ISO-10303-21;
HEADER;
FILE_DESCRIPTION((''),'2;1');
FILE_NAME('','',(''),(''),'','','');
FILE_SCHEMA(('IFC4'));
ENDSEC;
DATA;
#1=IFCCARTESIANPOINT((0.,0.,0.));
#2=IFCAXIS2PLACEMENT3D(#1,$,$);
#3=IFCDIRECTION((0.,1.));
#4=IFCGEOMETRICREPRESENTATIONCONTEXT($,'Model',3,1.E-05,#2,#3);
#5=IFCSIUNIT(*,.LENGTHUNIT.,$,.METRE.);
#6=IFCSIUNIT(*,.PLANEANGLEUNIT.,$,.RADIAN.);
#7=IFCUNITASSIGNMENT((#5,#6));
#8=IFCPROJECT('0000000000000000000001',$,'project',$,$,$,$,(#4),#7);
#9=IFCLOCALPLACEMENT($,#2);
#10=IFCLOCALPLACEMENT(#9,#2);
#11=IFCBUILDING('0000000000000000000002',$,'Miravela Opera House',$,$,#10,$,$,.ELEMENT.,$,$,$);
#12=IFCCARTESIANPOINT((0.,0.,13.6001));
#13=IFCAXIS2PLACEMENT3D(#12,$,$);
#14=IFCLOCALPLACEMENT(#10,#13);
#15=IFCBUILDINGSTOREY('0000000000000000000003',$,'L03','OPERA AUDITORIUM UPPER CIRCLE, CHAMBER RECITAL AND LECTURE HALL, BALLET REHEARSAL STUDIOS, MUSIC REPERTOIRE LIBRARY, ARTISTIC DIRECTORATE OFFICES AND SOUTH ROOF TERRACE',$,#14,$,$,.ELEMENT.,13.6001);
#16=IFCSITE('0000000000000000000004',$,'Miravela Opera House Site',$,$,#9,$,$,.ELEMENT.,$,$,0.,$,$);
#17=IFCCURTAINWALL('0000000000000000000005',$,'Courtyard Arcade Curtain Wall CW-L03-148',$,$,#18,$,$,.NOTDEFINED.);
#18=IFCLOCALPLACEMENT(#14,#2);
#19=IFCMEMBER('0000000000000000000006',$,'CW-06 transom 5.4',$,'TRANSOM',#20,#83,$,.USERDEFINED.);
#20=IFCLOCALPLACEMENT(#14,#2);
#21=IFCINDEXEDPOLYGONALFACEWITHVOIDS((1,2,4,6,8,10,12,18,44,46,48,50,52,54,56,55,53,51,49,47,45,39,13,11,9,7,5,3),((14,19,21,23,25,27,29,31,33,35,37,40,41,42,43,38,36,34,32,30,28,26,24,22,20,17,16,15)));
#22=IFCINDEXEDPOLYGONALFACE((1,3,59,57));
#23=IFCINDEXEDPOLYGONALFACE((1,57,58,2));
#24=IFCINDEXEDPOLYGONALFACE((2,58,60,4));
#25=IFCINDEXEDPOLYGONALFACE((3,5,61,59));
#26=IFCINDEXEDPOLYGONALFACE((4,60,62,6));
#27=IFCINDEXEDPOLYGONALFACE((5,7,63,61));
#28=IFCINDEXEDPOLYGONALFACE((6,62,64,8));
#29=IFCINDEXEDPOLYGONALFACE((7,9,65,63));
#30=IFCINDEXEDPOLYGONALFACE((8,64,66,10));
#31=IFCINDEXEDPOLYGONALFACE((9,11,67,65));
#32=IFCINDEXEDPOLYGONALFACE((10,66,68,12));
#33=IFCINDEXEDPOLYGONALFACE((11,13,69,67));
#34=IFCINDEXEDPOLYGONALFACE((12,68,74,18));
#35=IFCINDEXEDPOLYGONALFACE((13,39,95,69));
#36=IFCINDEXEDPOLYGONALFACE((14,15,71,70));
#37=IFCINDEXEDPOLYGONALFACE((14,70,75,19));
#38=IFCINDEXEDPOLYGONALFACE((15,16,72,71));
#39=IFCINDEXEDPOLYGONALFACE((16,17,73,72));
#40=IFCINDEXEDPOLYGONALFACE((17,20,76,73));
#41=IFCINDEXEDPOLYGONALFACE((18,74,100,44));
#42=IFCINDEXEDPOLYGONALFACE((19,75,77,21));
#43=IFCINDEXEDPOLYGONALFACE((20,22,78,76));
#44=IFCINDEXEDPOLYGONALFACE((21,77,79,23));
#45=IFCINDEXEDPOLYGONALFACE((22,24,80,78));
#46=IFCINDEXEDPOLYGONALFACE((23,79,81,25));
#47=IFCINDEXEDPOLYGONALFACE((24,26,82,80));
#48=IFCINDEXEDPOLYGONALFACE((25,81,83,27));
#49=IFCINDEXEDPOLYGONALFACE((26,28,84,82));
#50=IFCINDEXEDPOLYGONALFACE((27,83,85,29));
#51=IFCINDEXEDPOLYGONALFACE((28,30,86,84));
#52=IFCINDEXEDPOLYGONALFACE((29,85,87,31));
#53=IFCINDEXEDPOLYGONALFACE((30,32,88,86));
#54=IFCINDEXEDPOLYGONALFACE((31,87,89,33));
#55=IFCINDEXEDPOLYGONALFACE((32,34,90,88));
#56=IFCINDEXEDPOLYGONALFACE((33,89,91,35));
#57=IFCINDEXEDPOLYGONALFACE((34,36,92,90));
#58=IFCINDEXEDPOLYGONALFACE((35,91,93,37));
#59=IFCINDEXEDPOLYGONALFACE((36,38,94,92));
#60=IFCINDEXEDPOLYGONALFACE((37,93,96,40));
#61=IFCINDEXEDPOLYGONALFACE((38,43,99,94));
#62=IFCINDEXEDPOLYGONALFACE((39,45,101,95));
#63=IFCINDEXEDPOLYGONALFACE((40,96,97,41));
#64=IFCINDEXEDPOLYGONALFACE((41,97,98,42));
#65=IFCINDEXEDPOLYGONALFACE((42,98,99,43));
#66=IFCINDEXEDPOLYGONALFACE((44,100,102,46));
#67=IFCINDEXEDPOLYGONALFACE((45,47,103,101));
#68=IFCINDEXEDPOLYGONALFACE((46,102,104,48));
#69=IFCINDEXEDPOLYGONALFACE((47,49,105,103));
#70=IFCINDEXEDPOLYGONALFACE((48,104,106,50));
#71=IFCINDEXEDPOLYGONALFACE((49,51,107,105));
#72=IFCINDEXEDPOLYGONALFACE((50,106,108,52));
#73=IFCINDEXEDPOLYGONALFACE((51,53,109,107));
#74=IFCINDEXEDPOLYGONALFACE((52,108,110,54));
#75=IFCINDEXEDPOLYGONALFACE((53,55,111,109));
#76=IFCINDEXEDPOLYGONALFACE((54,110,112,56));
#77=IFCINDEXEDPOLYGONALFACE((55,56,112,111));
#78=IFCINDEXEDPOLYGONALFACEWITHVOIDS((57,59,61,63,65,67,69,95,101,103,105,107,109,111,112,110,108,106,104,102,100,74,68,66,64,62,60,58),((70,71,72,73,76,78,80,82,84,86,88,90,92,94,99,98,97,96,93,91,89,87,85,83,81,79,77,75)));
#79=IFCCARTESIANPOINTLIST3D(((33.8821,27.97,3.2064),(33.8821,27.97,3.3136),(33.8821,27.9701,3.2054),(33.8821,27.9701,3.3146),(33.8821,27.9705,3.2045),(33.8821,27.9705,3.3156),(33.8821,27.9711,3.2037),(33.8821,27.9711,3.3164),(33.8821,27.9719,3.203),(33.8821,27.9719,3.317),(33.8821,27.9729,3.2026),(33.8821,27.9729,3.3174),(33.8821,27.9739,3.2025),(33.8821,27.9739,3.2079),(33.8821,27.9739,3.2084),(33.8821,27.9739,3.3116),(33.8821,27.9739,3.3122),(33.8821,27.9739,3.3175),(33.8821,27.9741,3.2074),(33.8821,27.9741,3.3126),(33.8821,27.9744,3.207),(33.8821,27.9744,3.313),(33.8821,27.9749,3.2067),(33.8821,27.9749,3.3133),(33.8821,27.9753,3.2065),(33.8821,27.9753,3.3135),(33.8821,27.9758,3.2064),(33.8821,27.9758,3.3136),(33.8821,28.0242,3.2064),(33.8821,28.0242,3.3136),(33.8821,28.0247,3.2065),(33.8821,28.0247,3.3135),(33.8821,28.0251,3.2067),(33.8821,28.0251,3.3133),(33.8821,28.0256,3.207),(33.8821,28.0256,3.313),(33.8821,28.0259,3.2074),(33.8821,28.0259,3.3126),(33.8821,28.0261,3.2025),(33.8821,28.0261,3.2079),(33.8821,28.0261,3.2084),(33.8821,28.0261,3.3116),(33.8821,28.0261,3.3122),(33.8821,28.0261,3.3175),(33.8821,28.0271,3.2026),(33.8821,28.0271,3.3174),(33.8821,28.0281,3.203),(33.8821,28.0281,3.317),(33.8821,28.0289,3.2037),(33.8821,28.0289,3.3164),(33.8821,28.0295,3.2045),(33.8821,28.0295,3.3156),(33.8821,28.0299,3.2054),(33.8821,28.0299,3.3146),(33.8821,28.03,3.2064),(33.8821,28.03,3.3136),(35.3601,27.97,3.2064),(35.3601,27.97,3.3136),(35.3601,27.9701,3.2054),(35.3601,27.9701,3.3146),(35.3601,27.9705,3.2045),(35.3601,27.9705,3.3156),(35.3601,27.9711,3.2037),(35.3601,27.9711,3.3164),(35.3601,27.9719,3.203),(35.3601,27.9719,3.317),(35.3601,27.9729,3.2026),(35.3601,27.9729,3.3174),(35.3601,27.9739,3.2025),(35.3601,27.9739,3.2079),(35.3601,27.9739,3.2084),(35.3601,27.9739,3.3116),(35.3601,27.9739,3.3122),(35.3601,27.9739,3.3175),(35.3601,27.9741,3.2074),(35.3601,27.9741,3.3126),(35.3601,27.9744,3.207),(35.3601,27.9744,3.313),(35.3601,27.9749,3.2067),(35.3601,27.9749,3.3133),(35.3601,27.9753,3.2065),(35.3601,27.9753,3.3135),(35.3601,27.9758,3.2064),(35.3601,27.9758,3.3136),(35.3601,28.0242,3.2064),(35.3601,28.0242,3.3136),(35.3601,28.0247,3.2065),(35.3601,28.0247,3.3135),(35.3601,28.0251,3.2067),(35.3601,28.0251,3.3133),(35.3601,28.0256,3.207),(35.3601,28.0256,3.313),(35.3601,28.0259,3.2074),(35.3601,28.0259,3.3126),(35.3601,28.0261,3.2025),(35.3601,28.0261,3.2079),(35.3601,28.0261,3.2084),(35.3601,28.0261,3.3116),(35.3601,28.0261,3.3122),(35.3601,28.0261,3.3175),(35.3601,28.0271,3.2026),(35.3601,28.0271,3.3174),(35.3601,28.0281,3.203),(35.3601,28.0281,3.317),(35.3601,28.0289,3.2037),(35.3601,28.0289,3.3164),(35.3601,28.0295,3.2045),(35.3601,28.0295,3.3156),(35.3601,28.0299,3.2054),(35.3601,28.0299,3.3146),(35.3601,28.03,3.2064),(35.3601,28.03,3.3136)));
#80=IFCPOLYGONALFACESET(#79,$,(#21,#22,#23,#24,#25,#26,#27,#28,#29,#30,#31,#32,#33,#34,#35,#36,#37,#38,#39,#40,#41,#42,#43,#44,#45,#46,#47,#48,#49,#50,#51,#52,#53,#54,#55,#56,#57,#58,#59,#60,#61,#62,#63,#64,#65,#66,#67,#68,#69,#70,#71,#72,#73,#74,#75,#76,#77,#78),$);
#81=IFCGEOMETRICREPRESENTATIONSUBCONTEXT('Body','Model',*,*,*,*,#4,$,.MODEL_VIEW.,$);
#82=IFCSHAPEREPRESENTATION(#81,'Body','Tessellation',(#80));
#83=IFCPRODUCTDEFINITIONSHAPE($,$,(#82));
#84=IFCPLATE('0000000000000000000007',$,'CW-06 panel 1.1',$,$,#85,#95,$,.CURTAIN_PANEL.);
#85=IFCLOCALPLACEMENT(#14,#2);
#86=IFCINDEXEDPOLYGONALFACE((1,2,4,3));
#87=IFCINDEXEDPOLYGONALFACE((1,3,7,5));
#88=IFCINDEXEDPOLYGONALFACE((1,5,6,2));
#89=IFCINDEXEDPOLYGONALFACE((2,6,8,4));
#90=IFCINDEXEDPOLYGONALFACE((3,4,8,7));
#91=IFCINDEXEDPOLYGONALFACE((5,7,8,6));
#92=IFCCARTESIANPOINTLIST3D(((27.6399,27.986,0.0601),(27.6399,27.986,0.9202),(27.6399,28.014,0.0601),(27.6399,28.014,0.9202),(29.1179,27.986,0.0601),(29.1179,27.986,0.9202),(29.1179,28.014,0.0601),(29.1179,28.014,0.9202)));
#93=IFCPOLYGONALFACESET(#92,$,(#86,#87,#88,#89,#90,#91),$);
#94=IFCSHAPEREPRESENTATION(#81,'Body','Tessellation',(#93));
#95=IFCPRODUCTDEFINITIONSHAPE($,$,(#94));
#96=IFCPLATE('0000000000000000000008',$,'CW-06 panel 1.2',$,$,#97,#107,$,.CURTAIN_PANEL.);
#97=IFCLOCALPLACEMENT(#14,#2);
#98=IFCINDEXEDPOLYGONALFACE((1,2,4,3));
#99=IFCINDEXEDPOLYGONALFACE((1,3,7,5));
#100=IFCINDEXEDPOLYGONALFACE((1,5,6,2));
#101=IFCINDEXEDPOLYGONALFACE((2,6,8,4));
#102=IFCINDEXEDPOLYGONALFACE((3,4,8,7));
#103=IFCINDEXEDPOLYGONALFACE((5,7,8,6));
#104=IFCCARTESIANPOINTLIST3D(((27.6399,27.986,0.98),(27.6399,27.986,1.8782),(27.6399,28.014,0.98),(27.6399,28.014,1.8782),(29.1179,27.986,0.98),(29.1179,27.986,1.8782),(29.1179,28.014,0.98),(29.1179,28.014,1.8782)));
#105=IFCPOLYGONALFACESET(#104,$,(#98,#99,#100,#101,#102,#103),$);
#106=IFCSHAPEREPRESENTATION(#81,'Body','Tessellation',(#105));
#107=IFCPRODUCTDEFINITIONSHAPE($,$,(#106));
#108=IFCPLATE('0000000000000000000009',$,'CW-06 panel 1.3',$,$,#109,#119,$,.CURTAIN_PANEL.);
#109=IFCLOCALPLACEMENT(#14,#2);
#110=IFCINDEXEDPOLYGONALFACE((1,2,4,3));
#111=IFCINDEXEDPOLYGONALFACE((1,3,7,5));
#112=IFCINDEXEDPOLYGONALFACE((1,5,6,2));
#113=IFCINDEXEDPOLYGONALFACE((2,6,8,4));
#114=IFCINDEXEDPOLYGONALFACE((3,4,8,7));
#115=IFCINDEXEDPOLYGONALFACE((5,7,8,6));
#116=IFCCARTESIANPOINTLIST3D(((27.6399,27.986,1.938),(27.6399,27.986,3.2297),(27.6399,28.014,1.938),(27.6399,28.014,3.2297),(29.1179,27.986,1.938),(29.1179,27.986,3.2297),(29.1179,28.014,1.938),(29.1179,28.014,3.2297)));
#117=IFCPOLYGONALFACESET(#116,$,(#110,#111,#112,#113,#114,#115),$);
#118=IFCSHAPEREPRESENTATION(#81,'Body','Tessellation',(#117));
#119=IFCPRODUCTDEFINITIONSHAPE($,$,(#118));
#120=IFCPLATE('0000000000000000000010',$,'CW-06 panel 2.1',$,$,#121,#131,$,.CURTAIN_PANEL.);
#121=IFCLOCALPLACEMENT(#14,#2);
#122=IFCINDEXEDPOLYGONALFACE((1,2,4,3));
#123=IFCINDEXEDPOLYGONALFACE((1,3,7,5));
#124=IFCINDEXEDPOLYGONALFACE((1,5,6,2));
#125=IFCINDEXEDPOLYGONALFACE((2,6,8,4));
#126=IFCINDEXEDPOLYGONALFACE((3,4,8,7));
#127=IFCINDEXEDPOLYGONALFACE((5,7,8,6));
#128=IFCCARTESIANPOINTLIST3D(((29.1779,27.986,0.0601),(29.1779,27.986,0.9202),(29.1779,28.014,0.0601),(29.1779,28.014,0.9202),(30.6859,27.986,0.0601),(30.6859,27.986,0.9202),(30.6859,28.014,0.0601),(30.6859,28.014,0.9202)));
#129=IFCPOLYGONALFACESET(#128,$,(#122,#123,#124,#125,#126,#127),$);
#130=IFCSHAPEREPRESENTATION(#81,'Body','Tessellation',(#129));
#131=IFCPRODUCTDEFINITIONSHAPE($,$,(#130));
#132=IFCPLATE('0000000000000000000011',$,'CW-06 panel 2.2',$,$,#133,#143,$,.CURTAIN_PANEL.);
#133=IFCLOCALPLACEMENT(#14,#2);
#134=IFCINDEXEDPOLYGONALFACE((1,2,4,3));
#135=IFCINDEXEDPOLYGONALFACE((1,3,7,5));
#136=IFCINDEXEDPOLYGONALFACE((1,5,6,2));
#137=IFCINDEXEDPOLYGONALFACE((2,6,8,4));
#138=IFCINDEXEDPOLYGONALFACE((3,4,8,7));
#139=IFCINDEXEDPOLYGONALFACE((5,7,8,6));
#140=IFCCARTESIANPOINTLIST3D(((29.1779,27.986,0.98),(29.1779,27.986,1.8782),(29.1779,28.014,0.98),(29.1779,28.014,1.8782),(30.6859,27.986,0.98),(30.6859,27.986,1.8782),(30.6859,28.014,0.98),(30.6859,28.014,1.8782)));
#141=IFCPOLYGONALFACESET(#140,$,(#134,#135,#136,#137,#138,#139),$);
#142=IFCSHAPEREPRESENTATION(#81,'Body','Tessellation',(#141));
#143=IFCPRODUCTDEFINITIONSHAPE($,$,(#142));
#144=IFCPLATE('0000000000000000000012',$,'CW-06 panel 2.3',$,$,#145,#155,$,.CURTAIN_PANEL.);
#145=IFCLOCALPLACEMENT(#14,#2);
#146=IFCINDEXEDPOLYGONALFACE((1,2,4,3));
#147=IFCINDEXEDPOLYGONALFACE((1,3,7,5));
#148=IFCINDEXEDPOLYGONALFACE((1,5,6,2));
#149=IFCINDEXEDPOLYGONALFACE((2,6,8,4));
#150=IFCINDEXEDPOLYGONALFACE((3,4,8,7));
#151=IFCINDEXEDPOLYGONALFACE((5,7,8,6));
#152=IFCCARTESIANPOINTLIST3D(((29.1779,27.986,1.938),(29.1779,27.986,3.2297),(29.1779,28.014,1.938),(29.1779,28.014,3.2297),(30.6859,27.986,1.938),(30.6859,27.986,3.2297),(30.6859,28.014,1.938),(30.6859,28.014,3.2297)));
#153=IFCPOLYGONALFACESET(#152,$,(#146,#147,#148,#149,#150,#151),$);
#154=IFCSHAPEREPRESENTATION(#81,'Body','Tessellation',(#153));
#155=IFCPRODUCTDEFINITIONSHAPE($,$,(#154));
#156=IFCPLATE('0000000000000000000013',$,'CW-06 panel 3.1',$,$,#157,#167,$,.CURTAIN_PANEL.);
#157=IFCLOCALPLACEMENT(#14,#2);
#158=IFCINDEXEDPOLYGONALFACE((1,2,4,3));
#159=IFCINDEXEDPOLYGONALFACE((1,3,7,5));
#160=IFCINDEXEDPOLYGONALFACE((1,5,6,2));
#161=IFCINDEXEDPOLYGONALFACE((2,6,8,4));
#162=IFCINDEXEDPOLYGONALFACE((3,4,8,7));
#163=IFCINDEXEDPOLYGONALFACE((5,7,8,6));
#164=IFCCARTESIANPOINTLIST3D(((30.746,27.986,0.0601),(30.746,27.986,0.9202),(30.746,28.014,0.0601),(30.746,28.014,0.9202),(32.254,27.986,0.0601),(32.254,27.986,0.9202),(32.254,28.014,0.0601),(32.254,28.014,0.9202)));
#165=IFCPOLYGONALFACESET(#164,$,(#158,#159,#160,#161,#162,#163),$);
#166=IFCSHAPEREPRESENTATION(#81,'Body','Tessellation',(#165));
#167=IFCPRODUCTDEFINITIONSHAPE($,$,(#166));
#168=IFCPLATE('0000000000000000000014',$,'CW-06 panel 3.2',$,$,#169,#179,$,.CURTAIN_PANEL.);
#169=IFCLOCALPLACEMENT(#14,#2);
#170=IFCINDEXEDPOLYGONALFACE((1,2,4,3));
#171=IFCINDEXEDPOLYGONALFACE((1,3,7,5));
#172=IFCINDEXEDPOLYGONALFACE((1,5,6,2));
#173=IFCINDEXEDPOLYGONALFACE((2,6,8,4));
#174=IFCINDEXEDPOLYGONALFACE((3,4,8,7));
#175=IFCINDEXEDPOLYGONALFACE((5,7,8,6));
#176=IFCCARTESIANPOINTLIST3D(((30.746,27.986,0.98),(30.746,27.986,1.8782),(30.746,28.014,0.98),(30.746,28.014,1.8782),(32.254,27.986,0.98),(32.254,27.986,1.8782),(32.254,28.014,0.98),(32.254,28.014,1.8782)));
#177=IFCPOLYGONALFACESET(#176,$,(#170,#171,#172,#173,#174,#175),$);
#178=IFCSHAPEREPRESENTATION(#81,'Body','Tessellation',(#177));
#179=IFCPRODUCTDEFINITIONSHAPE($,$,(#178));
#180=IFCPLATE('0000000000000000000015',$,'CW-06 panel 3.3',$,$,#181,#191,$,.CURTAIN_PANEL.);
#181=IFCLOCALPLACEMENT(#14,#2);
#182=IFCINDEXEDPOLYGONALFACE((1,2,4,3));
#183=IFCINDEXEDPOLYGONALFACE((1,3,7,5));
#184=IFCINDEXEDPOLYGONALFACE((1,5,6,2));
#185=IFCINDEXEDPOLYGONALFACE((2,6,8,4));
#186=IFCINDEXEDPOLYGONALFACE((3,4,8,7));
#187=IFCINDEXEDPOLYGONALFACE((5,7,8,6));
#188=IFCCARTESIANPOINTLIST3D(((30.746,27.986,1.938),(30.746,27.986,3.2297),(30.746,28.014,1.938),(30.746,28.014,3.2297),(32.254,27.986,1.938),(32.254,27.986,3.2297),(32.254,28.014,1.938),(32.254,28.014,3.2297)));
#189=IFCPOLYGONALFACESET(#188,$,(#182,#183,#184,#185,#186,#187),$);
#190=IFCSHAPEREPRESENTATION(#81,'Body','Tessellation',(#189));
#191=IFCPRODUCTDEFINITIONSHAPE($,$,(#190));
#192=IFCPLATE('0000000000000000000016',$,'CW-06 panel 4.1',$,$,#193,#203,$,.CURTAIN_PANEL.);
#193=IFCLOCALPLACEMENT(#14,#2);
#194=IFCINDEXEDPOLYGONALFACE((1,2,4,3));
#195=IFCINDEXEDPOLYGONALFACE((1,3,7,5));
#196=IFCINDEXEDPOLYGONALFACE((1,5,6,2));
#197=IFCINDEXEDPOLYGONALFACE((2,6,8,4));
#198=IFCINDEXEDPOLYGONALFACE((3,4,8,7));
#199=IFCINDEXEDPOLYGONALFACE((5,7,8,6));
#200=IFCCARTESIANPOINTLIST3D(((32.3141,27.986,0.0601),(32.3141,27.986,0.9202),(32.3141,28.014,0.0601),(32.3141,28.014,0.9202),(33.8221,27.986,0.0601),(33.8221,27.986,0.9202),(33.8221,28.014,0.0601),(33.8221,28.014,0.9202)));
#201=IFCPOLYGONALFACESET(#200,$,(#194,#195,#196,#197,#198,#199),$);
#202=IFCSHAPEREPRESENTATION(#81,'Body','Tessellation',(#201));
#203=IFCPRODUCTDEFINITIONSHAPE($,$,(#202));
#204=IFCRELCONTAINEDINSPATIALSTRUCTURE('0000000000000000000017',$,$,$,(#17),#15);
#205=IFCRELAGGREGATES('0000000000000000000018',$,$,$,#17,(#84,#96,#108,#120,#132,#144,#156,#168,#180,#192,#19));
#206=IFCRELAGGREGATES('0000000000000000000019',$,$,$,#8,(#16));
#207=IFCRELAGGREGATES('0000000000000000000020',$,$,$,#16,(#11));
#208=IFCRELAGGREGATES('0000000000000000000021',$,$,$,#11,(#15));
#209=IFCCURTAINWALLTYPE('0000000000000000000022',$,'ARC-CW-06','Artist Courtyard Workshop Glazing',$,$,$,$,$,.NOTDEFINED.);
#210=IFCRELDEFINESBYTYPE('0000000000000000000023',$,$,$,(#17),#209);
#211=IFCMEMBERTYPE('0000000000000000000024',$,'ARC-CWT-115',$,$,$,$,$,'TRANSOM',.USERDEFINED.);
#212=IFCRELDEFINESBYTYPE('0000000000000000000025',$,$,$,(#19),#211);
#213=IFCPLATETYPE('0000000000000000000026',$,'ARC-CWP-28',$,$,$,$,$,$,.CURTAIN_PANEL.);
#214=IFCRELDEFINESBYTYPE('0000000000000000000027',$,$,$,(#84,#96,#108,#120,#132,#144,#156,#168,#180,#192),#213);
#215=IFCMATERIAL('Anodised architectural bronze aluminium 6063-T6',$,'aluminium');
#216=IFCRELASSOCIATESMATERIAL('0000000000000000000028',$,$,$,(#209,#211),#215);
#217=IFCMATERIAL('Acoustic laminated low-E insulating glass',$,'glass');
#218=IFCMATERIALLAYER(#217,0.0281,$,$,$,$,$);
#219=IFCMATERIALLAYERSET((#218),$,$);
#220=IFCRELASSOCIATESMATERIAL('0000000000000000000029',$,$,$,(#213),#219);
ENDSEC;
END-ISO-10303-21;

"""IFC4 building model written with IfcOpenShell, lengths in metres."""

from ifc_helpers import new_model, si_unit, direction, frame, origin, origin_2d, place, context, subcontext, project, spatial, rectangle, hollow_rectangle, extrude, material, layer, layer_set, material_profile, profile_set, type_object, element, aggregate, save


model = new_model("IFC4")

# Units and contexts
model_context = context("Model", 3, precision=1e-05, world=origin(), true_north=direction((0.0, 1.0)))
body_context = subcontext(model_context, "Body", "Model", "MODEL_VIEW")
ifc_project = project(units=[si_unit("LENGTHUNIT", "METRE"), si_unit("PLANEANGLEUNIT", "RADIAN")], contexts=[model_context])

# Site, building, storey
site_placement = place(None, origin())
site = spatial("IfcSite", under=ifc_project, at=site_placement, Name="Miravela Opera House Site", CompositionType="ELEMENT", RefElevation=0.0)
building_placement = place(site_placement, origin())
building = spatial("IfcBuilding", under=site, at=building_placement, Name="Miravela Opera House", CompositionType="ELEMENT")
storey_placement = place(building_placement, frame((0.0, 0.0, 13.6001)))
storey = spatial("IfcBuildingStorey", under=building, at=storey_placement, Name="L03", Description="OPERA AUDITORIUM UPPER CIRCLE, CHAMBER RECITAL AND LECTURE HALL, BALLET REHEARSAL STUDIOS, MUSIC REPERTOIRE LIBRARY, ARTISTIC DIRECTORATE OFFICES AND SOUTH ROOF TERRACE", CompositionType="ELEMENT", Elevation=13.6001)

# Curtain wall, member, plates
ifc_material_1 = material(Name="Anodised architectural bronze aluminium 6063-T6", Category="aluminium")
curtain_wall_type = type_object("IfcCurtainWallType", Name="ARC-CW-06", Description="Artist Courtyard Workshop Glazing", PredefinedType="NOTDEFINED", material=ifc_material_1)
curtain_wall_placement = place(storey_placement, origin())
curtain_wall = element("IfcCurtainWall", 1, at=curtain_wall_placement, inside=storey, type_object=curtain_wall_type, Name="Courtyard Arcade Curtain Wall CW-L03-148", PredefinedType="NOTDEFINED")
ifc_material_profile_1 = material_profile(ifc_material_1, hollow_rectangle(XDim=0.0601, YDim=0.115, WallThickness=0.0039, InnerFilletRadius=0.002, OuterFilletRadius=0.0039, at=origin_2d()), Name="CWT-60X115")
ifc_profile_set_1 = profile_set([ifc_material_profile_1])
member_type_1 = type_object("IfcMemberType", Name="ARC-CWT-115", ElementType="TRANSOM", PredefinedType="USERDEFINED", material=ifc_profile_set_1)
member_1_placement = place(storey_placement, frame((33.8821, 28.0, 3.26), z_axis=(1.0, 0.0, 0.0), x_axis=(0.0, 1.0, 0.0)))
member_1 = element("IfcMember", 2, at=member_1_placement, type_object=member_type_1, Name="CW-06 transom 5.4", ObjectType="TRANSOM", PredefinedType="USERDEFINED", context=body_context, shape_type="SweptSolid", body=[
    extrude(hollow_rectangle(XDim=0.0601, YDim=0.115, WallThickness=0.0039, InnerFilletRadius=0.002, OuterFilletRadius=0.0039, at=origin_2d()), origin(), (0.0, 0.0, 1.0), 1.478),
])
ifc_material_2 = material(Name="Acoustic laminated low-E insulating glass", Category="glass")
ifc_layer = layer(ifc_material_2, 0.0281)
ifc_layer_set = layer_set([ifc_layer])
plate_type = type_object("IfcPlateType", Name="ARC-CWP-28", PredefinedType="CURTAIN_PANEL", material=ifc_layer_set)
plate_1_placement = place(storey_placement, frame((28.3789, 28.0, 0.0601), z_axis=(0.0, 0.0, 1.0), x_axis=(1.0, 0.0, 0.0)))
plate_1 = element("IfcPlate", 3, at=plate_1_placement, type_object=plate_type, Name="CW-06 panel 1.1", PredefinedType="CURTAIN_PANEL", context=body_context, shape_type="SweptSolid", body=[
    extrude(rectangle(XDim=1.478, YDim=0.0281, at=origin_2d()), origin(), (0.0, 0.0, 1.0), 0.8601),
])
plate_2_placement = place(storey_placement, frame((28.3789, 28.0, 0.98), z_axis=(0.0, 0.0, 1.0), x_axis=(1.0, 0.0, 0.0)))
plate_2 = element("IfcPlate", 4, at=plate_2_placement, type_object=plate_type, Name="CW-06 panel 1.2", PredefinedType="CURTAIN_PANEL", context=body_context, shape_type="SweptSolid", body=[
    extrude(rectangle(XDim=1.478, YDim=0.0281, at=origin_2d()), origin(), (0.0, 0.0, 1.0), 0.8982),
])
plate_3_placement = place(storey_placement, frame((28.3789, 28.0, 1.938), z_axis=(0.0, 0.0, 1.0), x_axis=(1.0, 0.0, 0.0)))
plate_3 = element("IfcPlate", 5, at=plate_3_placement, type_object=plate_type, Name="CW-06 panel 1.3", PredefinedType="CURTAIN_PANEL", context=body_context, shape_type="SweptSolid", body=[
    extrude(rectangle(XDim=1.478, YDim=0.0281, at=origin_2d()), origin(), (0.0, 0.0, 1.0), 1.2917),
])
plate_4_placement = place(storey_placement, frame((29.9319, 28.0, 0.0601), z_axis=(0.0, 0.0, 1.0), x_axis=(1.0, 0.0, 0.0)))
plate_4 = element("IfcPlate", 6, at=plate_4_placement, type_object=plate_type, Name="CW-06 panel 2.1", PredefinedType="CURTAIN_PANEL", context=body_context, shape_type="SweptSolid", body=[
    extrude(rectangle(XDim=1.5081, YDim=0.0281, at=origin_2d()), origin(), (0.0, 0.0, 1.0), 0.8601),
])
plate_5_placement = place(storey_placement, frame((29.9319, 28.0, 0.98), z_axis=(0.0, 0.0, 1.0), x_axis=(1.0, 0.0, 0.0)))
plate_5 = element("IfcPlate", 7, at=plate_5_placement, type_object=plate_type, Name="CW-06 panel 2.2", PredefinedType="CURTAIN_PANEL", context=body_context, shape_type="SweptSolid", body=[
    extrude(rectangle(XDim=1.5081, YDim=0.0281, at=origin_2d()), origin(), (0.0, 0.0, 1.0), 0.8982),
])
plate_6_placement = place(storey_placement, frame((29.9319, 28.0, 1.938), z_axis=(0.0, 0.0, 1.0), x_axis=(1.0, 0.0, 0.0)))
plate_6 = element("IfcPlate", 8, at=plate_6_placement, type_object=plate_type, Name="CW-06 panel 2.3", PredefinedType="CURTAIN_PANEL", context=body_context, shape_type="SweptSolid", body=[
    extrude(rectangle(XDim=1.5081, YDim=0.0281, at=origin_2d()), origin(), (0.0, 0.0, 1.0), 1.2917),
])
plate_7_placement = place(storey_placement, frame((31.5, 28.0, 0.0601), z_axis=(0.0, 0.0, 1.0), x_axis=(1.0, 0.0, 0.0)))
plate_7 = element("IfcPlate", 9, at=plate_7_placement, type_object=plate_type, Name="CW-06 panel 3.1", PredefinedType="CURTAIN_PANEL", context=body_context, shape_type="SweptSolid", body=[
    extrude(rectangle(XDim=1.5081, YDim=0.0281, at=origin_2d()), origin(), (0.0, 0.0, 1.0), 0.8601),
])
plate_8_placement = place(storey_placement, frame((31.5, 28.0, 0.98), z_axis=(0.0, 0.0, 1.0), x_axis=(1.0, 0.0, 0.0)))
plate_8 = element("IfcPlate", 10, at=plate_8_placement, type_object=plate_type, Name="CW-06 panel 3.2", PredefinedType="CURTAIN_PANEL", context=body_context, shape_type="SweptSolid", body=[
    extrude(rectangle(XDim=1.5081, YDim=0.0281, at=origin_2d()), origin(), (0.0, 0.0, 1.0), 0.8982),
])
plate_9_placement = place(storey_placement, frame((31.5, 28.0, 1.938), z_axis=(0.0, 0.0, 1.0), x_axis=(1.0, 0.0, 0.0)))
plate_9 = element("IfcPlate", 11, at=plate_9_placement, type_object=plate_type, Name="CW-06 panel 3.3", PredefinedType="CURTAIN_PANEL", context=body_context, shape_type="SweptSolid", body=[
    extrude(rectangle(XDim=1.5081, YDim=0.0281, at=origin_2d()), origin(), (0.0, 0.0, 1.0), 1.2917),
])
plate_10_placement = place(storey_placement, frame((33.0681, 28.0, 0.0601), z_axis=(0.0, 0.0, 1.0), x_axis=(1.0, 0.0, 0.0)))
plate_10 = element("IfcPlate", 12, at=plate_10_placement, type_object=plate_type, Name="CW-06 panel 4.1", PredefinedType="CURTAIN_PANEL", context=body_context, shape_type="SweptSolid", body=[
    extrude(rectangle(XDim=1.5081, YDim=0.0281, at=origin_2d()), origin(), (0.0, 0.0, 1.0), 0.8601),
])
aggregate(curtain_wall, [plate_1, plate_2, plate_3, plate_4, plate_5, plate_6, plate_7, plate_8, plate_9, plate_10, member_1])

save(model, "model.ifc")
